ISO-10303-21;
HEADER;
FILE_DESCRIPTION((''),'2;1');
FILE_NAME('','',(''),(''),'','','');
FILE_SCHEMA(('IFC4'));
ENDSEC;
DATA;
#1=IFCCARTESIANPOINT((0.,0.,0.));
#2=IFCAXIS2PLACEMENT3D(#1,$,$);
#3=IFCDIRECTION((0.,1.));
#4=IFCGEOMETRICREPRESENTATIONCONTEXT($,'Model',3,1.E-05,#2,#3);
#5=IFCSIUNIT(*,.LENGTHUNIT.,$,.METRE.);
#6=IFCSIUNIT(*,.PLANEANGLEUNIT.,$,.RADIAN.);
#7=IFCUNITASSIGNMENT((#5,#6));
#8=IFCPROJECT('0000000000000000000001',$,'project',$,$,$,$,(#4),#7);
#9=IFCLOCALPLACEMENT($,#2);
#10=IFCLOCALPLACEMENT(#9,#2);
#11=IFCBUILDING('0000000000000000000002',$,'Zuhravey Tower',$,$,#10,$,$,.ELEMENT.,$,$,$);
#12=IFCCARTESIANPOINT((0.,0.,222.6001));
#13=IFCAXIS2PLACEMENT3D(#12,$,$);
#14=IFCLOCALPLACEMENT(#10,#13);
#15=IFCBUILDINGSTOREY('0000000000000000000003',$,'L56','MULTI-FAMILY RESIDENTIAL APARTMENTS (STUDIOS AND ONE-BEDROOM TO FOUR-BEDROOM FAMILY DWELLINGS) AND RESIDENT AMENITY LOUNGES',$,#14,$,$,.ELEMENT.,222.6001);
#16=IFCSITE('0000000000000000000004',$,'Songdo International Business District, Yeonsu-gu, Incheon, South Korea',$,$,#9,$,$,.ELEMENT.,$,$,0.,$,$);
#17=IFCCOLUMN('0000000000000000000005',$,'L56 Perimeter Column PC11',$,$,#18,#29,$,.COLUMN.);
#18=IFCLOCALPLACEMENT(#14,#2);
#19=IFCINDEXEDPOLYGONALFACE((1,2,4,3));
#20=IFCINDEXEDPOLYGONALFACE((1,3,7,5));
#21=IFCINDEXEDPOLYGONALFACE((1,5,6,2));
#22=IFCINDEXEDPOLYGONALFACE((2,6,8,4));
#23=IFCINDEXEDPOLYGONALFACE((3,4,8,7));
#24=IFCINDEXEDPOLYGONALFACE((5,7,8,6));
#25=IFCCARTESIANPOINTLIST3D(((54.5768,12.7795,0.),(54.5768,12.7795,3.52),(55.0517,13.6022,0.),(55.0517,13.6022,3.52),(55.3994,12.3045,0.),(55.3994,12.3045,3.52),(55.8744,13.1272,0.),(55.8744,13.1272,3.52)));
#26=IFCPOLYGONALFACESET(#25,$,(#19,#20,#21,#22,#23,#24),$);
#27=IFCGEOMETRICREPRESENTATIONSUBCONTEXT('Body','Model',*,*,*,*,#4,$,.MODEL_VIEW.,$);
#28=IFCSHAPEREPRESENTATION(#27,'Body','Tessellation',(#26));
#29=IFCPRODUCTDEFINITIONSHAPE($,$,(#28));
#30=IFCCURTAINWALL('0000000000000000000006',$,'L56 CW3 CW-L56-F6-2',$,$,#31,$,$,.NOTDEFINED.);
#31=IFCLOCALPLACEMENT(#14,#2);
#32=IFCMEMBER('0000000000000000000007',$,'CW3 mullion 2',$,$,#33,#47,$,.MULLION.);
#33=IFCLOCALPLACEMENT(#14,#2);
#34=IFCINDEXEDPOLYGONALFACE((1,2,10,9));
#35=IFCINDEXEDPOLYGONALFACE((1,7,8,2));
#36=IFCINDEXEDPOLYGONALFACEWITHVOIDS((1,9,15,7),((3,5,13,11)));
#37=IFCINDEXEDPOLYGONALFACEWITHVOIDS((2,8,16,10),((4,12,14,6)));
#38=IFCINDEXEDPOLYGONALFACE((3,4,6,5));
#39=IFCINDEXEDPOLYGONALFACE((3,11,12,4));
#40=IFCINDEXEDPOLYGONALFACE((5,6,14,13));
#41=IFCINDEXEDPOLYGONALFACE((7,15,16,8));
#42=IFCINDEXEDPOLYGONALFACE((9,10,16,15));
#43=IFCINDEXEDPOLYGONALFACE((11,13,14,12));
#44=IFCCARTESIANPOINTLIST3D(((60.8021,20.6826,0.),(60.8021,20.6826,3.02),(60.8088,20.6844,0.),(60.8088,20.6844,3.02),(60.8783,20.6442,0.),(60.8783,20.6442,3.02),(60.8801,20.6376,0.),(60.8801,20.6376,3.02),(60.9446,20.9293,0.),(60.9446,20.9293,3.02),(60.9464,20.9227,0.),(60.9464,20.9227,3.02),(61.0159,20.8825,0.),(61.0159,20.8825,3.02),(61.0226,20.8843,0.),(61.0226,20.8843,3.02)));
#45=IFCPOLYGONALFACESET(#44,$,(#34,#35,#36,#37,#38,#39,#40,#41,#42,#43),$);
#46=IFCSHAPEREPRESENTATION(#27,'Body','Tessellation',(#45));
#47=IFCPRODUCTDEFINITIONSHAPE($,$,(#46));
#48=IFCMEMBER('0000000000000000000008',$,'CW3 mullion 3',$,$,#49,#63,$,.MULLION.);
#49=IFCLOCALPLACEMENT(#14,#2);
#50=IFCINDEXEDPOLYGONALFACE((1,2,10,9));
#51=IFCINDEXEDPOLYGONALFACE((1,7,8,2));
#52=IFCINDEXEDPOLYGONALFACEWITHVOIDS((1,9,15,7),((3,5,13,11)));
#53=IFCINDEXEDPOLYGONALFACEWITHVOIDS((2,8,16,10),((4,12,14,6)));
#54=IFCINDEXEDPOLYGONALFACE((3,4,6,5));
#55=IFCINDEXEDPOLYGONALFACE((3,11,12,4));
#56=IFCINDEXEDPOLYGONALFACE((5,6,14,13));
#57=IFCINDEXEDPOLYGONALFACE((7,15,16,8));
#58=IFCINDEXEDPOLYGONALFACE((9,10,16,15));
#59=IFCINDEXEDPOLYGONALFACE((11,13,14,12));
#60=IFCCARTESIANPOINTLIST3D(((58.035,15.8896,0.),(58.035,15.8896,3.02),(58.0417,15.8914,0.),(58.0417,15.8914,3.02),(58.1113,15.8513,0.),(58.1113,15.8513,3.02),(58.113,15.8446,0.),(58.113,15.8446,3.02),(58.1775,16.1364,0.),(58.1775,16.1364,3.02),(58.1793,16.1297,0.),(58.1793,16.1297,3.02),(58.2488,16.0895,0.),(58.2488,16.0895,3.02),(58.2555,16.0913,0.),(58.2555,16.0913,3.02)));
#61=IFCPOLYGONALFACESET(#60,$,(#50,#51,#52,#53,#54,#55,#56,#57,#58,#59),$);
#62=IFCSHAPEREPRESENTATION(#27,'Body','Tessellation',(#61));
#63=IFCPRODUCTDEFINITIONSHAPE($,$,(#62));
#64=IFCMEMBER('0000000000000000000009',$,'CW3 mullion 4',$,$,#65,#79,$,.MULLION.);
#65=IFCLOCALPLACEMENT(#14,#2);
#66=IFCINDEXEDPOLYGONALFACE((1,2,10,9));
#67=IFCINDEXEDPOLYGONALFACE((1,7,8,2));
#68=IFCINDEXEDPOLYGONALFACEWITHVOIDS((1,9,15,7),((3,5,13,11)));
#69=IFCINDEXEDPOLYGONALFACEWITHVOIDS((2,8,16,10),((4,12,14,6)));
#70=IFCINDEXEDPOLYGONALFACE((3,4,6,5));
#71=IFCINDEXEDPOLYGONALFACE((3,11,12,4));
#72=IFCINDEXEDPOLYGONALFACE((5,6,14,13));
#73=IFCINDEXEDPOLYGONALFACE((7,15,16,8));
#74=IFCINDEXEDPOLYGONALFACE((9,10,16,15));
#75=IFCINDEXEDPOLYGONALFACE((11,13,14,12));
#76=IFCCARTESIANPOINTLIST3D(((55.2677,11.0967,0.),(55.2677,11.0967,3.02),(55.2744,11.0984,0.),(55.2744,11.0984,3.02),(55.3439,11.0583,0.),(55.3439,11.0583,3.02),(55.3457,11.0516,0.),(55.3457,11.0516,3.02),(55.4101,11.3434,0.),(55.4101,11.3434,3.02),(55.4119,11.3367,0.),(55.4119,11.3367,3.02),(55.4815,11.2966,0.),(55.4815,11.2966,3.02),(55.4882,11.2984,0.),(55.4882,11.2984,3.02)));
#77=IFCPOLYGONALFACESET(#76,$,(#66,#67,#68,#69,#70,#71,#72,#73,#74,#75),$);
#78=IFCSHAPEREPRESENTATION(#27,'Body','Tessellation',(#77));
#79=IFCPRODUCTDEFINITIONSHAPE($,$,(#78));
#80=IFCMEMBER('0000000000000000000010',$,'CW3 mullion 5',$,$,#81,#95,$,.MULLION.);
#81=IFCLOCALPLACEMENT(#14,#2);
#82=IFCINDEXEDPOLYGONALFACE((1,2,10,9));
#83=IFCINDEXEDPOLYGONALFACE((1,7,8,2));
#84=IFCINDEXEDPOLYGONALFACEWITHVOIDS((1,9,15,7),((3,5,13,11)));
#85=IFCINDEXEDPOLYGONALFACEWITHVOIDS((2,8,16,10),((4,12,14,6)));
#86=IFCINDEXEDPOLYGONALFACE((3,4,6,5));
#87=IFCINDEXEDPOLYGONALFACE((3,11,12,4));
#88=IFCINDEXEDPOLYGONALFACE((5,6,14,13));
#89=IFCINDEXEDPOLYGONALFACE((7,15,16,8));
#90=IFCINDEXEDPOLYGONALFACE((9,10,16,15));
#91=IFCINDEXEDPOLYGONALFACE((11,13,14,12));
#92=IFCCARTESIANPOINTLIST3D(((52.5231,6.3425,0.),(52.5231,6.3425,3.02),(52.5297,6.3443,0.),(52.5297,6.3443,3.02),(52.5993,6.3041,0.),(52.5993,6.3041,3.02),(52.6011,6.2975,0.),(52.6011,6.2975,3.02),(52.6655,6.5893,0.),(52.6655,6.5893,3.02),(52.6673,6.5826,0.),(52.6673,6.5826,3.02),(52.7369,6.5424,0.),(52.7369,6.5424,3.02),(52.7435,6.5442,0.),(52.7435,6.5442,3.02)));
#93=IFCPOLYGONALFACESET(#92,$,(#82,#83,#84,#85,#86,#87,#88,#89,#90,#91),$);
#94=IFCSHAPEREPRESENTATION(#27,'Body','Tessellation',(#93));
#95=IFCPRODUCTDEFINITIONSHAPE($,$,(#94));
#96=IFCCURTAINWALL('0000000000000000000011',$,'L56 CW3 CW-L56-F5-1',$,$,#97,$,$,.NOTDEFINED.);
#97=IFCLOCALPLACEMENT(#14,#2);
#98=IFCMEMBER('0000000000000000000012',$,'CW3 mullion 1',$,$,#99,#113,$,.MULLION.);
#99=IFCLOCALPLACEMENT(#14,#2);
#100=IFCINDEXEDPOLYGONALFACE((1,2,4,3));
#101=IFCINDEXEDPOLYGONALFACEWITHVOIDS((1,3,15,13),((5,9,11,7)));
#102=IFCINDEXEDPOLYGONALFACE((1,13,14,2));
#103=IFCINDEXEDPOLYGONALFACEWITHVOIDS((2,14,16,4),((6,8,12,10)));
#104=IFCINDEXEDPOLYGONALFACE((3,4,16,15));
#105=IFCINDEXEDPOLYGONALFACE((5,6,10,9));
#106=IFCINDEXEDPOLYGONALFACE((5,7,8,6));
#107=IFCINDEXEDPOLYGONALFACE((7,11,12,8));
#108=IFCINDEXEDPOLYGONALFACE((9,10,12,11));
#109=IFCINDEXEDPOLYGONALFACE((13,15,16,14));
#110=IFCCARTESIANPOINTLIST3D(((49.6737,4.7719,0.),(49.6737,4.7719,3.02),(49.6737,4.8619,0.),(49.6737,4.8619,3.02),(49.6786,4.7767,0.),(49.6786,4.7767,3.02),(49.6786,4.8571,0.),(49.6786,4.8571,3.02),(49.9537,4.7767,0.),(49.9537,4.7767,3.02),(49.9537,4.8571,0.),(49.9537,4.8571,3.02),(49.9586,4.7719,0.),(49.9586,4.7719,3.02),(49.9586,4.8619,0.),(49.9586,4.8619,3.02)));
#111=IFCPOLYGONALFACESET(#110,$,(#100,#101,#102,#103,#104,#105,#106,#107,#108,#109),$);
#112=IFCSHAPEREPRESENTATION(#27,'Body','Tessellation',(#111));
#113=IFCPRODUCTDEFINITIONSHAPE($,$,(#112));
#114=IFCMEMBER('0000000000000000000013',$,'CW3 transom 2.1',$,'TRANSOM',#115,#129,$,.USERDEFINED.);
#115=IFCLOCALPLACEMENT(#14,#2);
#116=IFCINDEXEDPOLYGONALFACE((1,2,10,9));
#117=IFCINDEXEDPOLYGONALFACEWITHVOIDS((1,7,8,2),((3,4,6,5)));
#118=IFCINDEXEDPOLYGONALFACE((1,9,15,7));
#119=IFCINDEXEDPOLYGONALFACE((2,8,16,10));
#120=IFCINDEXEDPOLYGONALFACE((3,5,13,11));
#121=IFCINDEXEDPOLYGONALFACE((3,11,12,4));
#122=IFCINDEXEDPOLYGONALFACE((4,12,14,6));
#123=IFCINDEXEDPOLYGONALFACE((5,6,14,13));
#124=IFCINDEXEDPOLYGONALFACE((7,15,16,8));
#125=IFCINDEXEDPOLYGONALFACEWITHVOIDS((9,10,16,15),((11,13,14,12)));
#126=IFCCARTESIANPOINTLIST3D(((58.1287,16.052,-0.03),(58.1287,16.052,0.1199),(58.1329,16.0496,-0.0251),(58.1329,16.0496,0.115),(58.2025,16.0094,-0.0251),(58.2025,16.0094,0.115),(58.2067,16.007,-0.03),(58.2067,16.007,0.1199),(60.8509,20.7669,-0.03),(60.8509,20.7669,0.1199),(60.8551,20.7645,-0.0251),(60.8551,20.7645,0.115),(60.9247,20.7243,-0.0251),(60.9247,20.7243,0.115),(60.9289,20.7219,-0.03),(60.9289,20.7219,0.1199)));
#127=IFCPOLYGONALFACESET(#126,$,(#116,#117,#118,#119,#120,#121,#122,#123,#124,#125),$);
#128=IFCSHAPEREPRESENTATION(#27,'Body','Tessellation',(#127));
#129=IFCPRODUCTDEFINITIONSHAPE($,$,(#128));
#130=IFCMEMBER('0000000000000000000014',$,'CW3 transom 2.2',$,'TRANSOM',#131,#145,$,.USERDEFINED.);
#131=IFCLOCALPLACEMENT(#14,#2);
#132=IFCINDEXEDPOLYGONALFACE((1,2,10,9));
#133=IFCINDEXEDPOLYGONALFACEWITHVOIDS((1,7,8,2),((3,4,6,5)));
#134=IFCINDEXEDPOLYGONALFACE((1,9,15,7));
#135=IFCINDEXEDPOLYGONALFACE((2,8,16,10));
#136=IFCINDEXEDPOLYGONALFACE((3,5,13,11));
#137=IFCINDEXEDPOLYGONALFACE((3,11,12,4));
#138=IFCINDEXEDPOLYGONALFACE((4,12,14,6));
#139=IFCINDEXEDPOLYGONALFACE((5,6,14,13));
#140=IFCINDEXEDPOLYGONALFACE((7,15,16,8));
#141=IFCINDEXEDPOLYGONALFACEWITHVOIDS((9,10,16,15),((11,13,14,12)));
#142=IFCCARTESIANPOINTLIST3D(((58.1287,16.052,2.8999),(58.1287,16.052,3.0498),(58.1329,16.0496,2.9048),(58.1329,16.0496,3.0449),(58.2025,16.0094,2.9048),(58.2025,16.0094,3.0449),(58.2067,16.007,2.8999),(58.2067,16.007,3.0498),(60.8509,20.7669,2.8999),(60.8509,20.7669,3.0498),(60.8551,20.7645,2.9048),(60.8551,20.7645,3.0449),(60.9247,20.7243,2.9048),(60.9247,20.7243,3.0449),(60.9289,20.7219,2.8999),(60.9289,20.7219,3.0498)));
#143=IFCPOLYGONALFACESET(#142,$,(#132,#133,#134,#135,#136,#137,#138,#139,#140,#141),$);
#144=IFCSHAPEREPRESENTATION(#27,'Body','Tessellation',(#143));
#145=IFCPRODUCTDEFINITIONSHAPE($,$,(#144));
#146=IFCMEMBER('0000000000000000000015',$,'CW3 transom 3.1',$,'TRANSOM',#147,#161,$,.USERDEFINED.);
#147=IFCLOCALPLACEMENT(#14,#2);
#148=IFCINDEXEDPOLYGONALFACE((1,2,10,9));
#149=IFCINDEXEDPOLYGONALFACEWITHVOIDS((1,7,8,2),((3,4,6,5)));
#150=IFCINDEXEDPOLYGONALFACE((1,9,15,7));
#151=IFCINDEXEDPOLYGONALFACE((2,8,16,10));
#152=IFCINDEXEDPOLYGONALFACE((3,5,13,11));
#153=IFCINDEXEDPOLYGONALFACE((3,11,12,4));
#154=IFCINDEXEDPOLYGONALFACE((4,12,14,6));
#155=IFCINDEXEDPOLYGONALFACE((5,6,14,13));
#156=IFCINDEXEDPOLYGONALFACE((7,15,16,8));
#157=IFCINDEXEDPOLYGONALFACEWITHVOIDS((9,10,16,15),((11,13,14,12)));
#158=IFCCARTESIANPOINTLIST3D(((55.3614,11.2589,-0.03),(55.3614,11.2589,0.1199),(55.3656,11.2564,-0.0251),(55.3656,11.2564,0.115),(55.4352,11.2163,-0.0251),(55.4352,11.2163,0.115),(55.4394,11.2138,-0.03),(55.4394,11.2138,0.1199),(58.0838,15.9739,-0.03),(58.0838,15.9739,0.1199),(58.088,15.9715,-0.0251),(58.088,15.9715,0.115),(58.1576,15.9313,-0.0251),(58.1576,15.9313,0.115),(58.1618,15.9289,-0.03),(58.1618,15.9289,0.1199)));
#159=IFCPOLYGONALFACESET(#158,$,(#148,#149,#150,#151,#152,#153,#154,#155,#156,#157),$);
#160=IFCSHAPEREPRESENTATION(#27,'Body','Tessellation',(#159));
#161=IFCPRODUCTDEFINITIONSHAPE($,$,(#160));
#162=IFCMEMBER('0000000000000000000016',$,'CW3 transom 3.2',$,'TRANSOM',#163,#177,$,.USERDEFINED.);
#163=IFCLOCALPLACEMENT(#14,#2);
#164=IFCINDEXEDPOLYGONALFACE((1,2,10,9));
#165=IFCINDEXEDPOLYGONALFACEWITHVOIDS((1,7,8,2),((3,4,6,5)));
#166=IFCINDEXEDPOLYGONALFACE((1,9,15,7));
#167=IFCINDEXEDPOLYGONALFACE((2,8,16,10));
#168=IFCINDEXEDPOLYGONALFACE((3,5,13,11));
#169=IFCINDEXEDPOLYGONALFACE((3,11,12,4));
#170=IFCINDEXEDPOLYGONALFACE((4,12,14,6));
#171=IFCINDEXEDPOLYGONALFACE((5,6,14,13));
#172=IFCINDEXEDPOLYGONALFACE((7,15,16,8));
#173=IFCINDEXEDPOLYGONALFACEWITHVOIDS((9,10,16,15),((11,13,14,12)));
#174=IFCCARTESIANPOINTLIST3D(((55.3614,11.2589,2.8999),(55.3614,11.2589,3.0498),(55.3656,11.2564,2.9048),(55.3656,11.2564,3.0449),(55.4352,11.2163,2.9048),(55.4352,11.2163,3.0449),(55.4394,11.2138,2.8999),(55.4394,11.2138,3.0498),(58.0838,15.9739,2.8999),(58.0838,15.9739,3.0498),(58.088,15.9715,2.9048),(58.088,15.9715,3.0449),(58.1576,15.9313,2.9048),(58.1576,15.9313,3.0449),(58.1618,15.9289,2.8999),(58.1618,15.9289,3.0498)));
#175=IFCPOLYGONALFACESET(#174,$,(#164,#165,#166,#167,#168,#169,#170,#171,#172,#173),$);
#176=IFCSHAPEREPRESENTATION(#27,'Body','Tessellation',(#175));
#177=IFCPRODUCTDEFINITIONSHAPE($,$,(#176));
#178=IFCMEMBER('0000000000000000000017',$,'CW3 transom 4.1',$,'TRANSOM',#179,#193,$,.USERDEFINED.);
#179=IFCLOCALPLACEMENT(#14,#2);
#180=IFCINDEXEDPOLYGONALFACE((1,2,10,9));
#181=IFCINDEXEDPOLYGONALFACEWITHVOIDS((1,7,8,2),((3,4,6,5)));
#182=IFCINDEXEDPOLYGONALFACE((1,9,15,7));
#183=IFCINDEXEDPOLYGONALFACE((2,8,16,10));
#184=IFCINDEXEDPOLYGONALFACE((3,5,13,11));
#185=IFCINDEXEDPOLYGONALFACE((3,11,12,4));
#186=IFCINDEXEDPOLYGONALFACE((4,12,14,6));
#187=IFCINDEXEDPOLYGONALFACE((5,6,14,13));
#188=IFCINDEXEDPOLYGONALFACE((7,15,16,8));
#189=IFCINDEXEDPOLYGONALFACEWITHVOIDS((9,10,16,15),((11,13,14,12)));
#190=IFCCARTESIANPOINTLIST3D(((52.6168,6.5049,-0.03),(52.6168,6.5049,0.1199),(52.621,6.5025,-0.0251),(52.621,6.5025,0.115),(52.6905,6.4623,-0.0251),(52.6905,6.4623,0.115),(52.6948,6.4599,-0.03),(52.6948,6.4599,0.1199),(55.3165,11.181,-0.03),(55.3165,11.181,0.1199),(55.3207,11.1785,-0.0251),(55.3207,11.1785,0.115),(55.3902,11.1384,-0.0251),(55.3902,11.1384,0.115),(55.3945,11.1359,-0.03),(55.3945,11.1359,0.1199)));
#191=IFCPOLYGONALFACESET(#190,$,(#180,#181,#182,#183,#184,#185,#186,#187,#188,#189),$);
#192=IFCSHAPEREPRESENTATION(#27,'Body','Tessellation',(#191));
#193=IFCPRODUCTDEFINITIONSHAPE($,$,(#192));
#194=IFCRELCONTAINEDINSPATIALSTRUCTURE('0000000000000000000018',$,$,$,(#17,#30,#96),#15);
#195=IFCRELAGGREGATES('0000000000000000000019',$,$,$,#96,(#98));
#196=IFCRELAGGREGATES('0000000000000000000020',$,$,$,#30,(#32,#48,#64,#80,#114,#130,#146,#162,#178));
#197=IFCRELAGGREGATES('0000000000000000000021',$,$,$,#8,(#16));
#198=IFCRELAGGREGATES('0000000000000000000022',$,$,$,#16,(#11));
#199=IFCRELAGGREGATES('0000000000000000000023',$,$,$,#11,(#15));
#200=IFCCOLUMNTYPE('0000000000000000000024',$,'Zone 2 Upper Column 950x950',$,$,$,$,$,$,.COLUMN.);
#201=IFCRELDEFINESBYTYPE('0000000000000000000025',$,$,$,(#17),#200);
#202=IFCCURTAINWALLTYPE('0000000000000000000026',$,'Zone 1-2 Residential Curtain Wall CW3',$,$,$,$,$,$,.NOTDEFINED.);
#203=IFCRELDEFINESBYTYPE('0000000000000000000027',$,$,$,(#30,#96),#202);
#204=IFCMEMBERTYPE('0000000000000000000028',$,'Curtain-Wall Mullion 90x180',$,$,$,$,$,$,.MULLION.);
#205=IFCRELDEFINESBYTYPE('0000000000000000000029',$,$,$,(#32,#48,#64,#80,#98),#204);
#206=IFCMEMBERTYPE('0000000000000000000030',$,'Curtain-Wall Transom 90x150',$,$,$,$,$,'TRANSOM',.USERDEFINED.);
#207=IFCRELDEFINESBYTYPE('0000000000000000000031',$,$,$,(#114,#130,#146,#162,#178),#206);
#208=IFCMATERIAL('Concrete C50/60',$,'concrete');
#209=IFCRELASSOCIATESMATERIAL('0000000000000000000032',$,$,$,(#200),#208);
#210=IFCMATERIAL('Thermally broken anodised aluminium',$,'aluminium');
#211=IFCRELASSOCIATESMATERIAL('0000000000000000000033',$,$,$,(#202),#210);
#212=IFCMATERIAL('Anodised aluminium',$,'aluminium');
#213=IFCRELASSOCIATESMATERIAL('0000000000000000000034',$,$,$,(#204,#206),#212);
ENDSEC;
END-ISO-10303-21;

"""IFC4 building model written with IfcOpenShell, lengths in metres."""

from ifc_helpers import new_model, si_unit, direction, frame, origin, origin_2d, place, context, subcontext, project, spatial, rectangle, hollow_rectangle, extrude, material, material_profile, profile_set, type_object, element, aggregate, save


model = new_model("IFC4")

# Units and contexts
model_context = context("Model", 3, precision=1e-05, world=origin(), true_north=direction((0.0, 1.0)))
body_context = subcontext(model_context, "Body", "Model", "MODEL_VIEW")
ifc_project = project(units=[si_unit("LENGTHUNIT", "METRE"), si_unit("PLANEANGLEUNIT", "RADIAN")], contexts=[model_context])

# Site, building, storey
site_placement = place(None, origin())
site = spatial("IfcSite", under=ifc_project, at=site_placement, Name="Songdo International Business District, Yeonsu-gu, Incheon, South Korea", CompositionType="ELEMENT", RefElevation=0.0)
building_placement = place(site_placement, origin())
building = spatial("IfcBuilding", under=site, at=building_placement, Name="Zuhravey Tower", CompositionType="ELEMENT")
storey_placement = place(building_placement, frame((0.0, 0.0, 222.6001)))
storey = spatial("IfcBuildingStorey", under=building, at=storey_placement, Name="L56", Description="MULTI-FAMILY RESIDENTIAL APARTMENTS (STUDIOS AND ONE-BEDROOM TO FOUR-BEDROOM FAMILY DWELLINGS) AND RESIDENT AMENITY LOUNGES", CompositionType="ELEMENT", Elevation=222.6001)

# Column
ifc_material_1 = material(Name="Concrete C50/60", Category="concrete")
ifc_material_profile_1 = material_profile(ifc_material_1, rectangle(XDim=0.95, YDim=0.95, at=origin_2d()), Name="RC-950x950")
ifc_profile_set_1 = profile_set([ifc_material_profile_1], Name="Concrete C50/60")
column_type = type_object("IfcColumnType", Name="Zone 2 Upper Column 950x950", PredefinedType="COLUMN", material=ifc_profile_set_1)
column_placement = place(storey_placement, frame((55.2256, 12.9534, 0.0), z_axis=(0.0, 0.0, 1.0), x_axis=(0.5, 0.866025, 0.0)))
element("IfcColumn", 1, at=column_placement, inside=storey, type_object=column_type, Name="L56 Perimeter Column PC11", PredefinedType="COLUMN", context=body_context, shape_type="SweptSolid", body=[
    extrude(rectangle(XDim=0.95, YDim=0.95, at=origin_2d()), origin(), (0.0, 0.0, 1.0), 3.52),
])

# Curtain wall, members
ifc_material_2 = material(Name="Thermally broken anodised aluminium", Category="aluminium")
curtain_wall_type = type_object("IfcCurtainWallType", Name="Zone 1-2 Residential Curtain Wall CW3", PredefinedType="NOTDEFINED", material=ifc_material_2)
curtain_wall_1_placement = place(storey_placement, origin())
curtain_wall_1 = element("IfcCurtainWall", 2, at=curtain_wall_1_placement, inside=storey, type_object=curtain_wall_type, Name="L56 CW3 CW-L56-F6-2", PredefinedType="NOTDEFINED")
ifc_material_3 = material(Name="Anodised aluminium", Category="aluminium")
ifc_material_profile_2 = material_profile(ifc_material_3, hollow_rectangle(XDim=0.0901, YDim=0.2849, WallThickness=0.0049, at=origin_2d()), Name="ALU-RHS-90x285x5")
ifc_profile_set_2 = profile_set([ifc_material_profile_2], Name="Anodised aluminium")
member_type_1 = type_object("IfcMemberType", Name="Curtain-Wall Mullion 90x180", PredefinedType="MULLION", material=ifc_profile_set_2)
member_1_placement = place(storey_placement, frame((60.9124, 20.7834, 0.0), z_axis=(0.0, 0.0, 1.0), x_axis=(0.866026, -0.499999, 0.0)))
member_1 = element("IfcMember", 3, at=member_1_placement, type_object=member_type_1, Name="CW3 mullion 2", PredefinedType="MULLION", context=body_context, shape_type="SweptSolid", body=[
    extrude(hollow_rectangle(XDim=0.0901, YDim=0.2849, WallThickness=0.0049, at=origin_2d()), origin(), (0.0, 0.0, 1.0), 3.02),
])
member_2_placement = place(storey_placement, frame((58.1453, 15.9905, 0.0), z_axis=(0.0, 0.0, 1.0), x_axis=(0.866026, -0.499999, 0.0)))
member_2 = element("IfcMember", 4, at=member_2_placement, type_object=member_type_1, Name="CW3 mullion 3", PredefinedType="MULLION", context=body_context, shape_type="SweptSolid", body=[
    extrude(hollow_rectangle(XDim=0.0901, YDim=0.2849, WallThickness=0.0049, at=origin_2d()), origin(), (0.0, 0.0, 1.0), 3.02),
])
member_3_placement = place(storey_placement, frame((55.3779, 11.1975, 0.0), z_axis=(0.0, 0.0, 1.0), x_axis=(0.866026, -0.499999, 0.0)))
member_3 = element("IfcMember", 5, at=member_3_placement, type_object=member_type_1, Name="CW3 mullion 4", PredefinedType="MULLION", context=body_context, shape_type="SweptSolid", body=[
    extrude(hollow_rectangle(XDim=0.0901, YDim=0.2849, WallThickness=0.0049, at=origin_2d()), origin(), (0.0, 0.0, 1.0), 3.02),
])
member_4_placement = place(storey_placement, frame((52.6333, 6.4434, 0.0), z_axis=(0.0, 0.0, 1.0), x_axis=(0.866026, -0.499999, 0.0)))
member_4 = element("IfcMember", 6, at=member_4_placement, type_object=member_type_1, Name="CW3 mullion 5", PredefinedType="MULLION", context=body_context, shape_type="SweptSolid", body=[
    extrude(hollow_rectangle(XDim=0.0901, YDim=0.2849, WallThickness=0.0049, at=origin_2d()), origin(), (0.0, 0.0, 1.0), 3.02),
])

# Curtain wall, member
curtain_wall_2_placement = place(storey_placement, origin())
curtain_wall_2 = element("IfcCurtainWall", 7, at=curtain_wall_2_placement, inside=storey, type_object=curtain_wall_type, Name="L56 CW3 CW-L56-F5-1", PredefinedType="NOTDEFINED")
member_5_placement = place(storey_placement, frame((49.8162, 4.8169, 0.0), z_axis=(0.0, 0.0, 1.0), x_axis=(0.0, -1.0, 0.0)))
member_5 = element("IfcMember", 8, at=member_5_placement, type_object=member_type_1, Name="CW3 mullion 1", PredefinedType="MULLION", context=body_context, shape_type="SweptSolid", body=[
    extrude(hollow_rectangle(XDim=0.0901, YDim=0.2849, WallThickness=0.0049, at=origin_2d()), origin(), (0.0, 0.0, 1.0), 3.02),
])

# Members
ifc_material_profile_3 = material_profile(ifc_material_3, hollow_rectangle(XDim=0.0901, YDim=0.1499, WallThickness=0.0049, at=origin_2d()), Name="ALU-RHS-90x150x5")
ifc_profile_set_3 = profile_set([ifc_material_profile_3], Name="Anodised aluminium")
member_type_2 = type_object("IfcMemberType", Name="Curtain-Wall Transom 90x150", ElementType="TRANSOM", PredefinedType="USERDEFINED", material=ifc_profile_set_3)
member_6_placement = place(storey_placement, frame((60.8899, 20.7444, 0.0449), z_axis=(-0.500007, -0.866021, 0.0), x_axis=(0.866021, -0.500007, 0.0)))
member_6 = element("IfcMember", 9, at=member_6_placement, type_object=member_type_2, Name="CW3 transom 2.1", ObjectType="TRANSOM", PredefinedType="USERDEFINED", context=body_context, shape_type="SweptSolid", body=[
    extrude(hollow_rectangle(XDim=0.0901, YDim=0.1499, WallThickness=0.0049, at=origin_2d()), origin(), (0.0, 0.0, 1.0), 5.4443),
])
member_7_placement = place(storey_placement, frame((60.8899, 20.7444, 2.9749), z_axis=(-0.500007, -0.866021, 0.0), x_axis=(0.866021, -0.500007, 0.0)))
member_7 = element("IfcMember", 10, at=member_7_placement, type_object=member_type_2, Name="CW3 transom 2.2", ObjectType="TRANSOM", PredefinedType="USERDEFINED", context=body_context, shape_type="SweptSolid", body=[
    extrude(hollow_rectangle(XDim=0.0901, YDim=0.1499, WallThickness=0.0049, at=origin_2d()), origin(), (0.0, 0.0, 1.0), 5.4443),
])
member_8_placement = place(storey_placement, frame((58.1228, 15.9514, 0.0449), z_axis=(-0.500021, -0.866013, 0.0), x_axis=(0.866013, -0.500021, 0.0)))
member_8 = element("IfcMember", 11, at=member_8_placement, type_object=member_type_2, Name="CW3 transom 3.1", ObjectType="TRANSOM", PredefinedType="USERDEFINED", context=body_context, shape_type="SweptSolid", body=[
    extrude(hollow_rectangle(XDim=0.0901, YDim=0.1499, WallThickness=0.0049, at=origin_2d()), origin(), (0.0, 0.0, 1.0), 5.4446),
])
member_9_placement = place(storey_placement, frame((58.1228, 15.9514, 2.9749), z_axis=(-0.500021, -0.866013, 0.0), x_axis=(0.866013, -0.500021, 0.0)))
member_9 = element("IfcMember", 12, at=member_9_placement, type_object=member_type_2, Name="CW3 transom 3.2", ObjectType="TRANSOM", PredefinedType="USERDEFINED", context=body_context, shape_type="SweptSolid", body=[
    extrude(hollow_rectangle(XDim=0.0901, YDim=0.1499, WallThickness=0.0049, at=origin_2d()), origin(), (0.0, 0.0, 1.0), 5.4446),
])
member_10_placement = place(storey_placement, frame((55.3555, 11.1584, 0.0449), z_axis=(-0.5, -0.866025, 0.0), x_axis=(0.866025, -0.5, 0.0)))
member_10 = element("IfcMember", 13, at=member_10_placement, type_object=member_type_2, Name="CW3 transom 4.1", ObjectType="TRANSOM", PredefinedType="USERDEFINED", context=body_context, shape_type="SweptSolid", body=[
    extrude(hollow_rectangle(XDim=0.0901, YDim=0.1499, WallThickness=0.0049, at=origin_2d()), origin(), (0.0, 0.0, 1.0), 5.3994),
])
aggregate(curtain_wall_2, [member_5])

aggregate(curtain_wall_1, [member_1, member_2, member_3, member_4, member_6, member_7, member_8, member_9, member_10])

save(model, "model.ifc")
